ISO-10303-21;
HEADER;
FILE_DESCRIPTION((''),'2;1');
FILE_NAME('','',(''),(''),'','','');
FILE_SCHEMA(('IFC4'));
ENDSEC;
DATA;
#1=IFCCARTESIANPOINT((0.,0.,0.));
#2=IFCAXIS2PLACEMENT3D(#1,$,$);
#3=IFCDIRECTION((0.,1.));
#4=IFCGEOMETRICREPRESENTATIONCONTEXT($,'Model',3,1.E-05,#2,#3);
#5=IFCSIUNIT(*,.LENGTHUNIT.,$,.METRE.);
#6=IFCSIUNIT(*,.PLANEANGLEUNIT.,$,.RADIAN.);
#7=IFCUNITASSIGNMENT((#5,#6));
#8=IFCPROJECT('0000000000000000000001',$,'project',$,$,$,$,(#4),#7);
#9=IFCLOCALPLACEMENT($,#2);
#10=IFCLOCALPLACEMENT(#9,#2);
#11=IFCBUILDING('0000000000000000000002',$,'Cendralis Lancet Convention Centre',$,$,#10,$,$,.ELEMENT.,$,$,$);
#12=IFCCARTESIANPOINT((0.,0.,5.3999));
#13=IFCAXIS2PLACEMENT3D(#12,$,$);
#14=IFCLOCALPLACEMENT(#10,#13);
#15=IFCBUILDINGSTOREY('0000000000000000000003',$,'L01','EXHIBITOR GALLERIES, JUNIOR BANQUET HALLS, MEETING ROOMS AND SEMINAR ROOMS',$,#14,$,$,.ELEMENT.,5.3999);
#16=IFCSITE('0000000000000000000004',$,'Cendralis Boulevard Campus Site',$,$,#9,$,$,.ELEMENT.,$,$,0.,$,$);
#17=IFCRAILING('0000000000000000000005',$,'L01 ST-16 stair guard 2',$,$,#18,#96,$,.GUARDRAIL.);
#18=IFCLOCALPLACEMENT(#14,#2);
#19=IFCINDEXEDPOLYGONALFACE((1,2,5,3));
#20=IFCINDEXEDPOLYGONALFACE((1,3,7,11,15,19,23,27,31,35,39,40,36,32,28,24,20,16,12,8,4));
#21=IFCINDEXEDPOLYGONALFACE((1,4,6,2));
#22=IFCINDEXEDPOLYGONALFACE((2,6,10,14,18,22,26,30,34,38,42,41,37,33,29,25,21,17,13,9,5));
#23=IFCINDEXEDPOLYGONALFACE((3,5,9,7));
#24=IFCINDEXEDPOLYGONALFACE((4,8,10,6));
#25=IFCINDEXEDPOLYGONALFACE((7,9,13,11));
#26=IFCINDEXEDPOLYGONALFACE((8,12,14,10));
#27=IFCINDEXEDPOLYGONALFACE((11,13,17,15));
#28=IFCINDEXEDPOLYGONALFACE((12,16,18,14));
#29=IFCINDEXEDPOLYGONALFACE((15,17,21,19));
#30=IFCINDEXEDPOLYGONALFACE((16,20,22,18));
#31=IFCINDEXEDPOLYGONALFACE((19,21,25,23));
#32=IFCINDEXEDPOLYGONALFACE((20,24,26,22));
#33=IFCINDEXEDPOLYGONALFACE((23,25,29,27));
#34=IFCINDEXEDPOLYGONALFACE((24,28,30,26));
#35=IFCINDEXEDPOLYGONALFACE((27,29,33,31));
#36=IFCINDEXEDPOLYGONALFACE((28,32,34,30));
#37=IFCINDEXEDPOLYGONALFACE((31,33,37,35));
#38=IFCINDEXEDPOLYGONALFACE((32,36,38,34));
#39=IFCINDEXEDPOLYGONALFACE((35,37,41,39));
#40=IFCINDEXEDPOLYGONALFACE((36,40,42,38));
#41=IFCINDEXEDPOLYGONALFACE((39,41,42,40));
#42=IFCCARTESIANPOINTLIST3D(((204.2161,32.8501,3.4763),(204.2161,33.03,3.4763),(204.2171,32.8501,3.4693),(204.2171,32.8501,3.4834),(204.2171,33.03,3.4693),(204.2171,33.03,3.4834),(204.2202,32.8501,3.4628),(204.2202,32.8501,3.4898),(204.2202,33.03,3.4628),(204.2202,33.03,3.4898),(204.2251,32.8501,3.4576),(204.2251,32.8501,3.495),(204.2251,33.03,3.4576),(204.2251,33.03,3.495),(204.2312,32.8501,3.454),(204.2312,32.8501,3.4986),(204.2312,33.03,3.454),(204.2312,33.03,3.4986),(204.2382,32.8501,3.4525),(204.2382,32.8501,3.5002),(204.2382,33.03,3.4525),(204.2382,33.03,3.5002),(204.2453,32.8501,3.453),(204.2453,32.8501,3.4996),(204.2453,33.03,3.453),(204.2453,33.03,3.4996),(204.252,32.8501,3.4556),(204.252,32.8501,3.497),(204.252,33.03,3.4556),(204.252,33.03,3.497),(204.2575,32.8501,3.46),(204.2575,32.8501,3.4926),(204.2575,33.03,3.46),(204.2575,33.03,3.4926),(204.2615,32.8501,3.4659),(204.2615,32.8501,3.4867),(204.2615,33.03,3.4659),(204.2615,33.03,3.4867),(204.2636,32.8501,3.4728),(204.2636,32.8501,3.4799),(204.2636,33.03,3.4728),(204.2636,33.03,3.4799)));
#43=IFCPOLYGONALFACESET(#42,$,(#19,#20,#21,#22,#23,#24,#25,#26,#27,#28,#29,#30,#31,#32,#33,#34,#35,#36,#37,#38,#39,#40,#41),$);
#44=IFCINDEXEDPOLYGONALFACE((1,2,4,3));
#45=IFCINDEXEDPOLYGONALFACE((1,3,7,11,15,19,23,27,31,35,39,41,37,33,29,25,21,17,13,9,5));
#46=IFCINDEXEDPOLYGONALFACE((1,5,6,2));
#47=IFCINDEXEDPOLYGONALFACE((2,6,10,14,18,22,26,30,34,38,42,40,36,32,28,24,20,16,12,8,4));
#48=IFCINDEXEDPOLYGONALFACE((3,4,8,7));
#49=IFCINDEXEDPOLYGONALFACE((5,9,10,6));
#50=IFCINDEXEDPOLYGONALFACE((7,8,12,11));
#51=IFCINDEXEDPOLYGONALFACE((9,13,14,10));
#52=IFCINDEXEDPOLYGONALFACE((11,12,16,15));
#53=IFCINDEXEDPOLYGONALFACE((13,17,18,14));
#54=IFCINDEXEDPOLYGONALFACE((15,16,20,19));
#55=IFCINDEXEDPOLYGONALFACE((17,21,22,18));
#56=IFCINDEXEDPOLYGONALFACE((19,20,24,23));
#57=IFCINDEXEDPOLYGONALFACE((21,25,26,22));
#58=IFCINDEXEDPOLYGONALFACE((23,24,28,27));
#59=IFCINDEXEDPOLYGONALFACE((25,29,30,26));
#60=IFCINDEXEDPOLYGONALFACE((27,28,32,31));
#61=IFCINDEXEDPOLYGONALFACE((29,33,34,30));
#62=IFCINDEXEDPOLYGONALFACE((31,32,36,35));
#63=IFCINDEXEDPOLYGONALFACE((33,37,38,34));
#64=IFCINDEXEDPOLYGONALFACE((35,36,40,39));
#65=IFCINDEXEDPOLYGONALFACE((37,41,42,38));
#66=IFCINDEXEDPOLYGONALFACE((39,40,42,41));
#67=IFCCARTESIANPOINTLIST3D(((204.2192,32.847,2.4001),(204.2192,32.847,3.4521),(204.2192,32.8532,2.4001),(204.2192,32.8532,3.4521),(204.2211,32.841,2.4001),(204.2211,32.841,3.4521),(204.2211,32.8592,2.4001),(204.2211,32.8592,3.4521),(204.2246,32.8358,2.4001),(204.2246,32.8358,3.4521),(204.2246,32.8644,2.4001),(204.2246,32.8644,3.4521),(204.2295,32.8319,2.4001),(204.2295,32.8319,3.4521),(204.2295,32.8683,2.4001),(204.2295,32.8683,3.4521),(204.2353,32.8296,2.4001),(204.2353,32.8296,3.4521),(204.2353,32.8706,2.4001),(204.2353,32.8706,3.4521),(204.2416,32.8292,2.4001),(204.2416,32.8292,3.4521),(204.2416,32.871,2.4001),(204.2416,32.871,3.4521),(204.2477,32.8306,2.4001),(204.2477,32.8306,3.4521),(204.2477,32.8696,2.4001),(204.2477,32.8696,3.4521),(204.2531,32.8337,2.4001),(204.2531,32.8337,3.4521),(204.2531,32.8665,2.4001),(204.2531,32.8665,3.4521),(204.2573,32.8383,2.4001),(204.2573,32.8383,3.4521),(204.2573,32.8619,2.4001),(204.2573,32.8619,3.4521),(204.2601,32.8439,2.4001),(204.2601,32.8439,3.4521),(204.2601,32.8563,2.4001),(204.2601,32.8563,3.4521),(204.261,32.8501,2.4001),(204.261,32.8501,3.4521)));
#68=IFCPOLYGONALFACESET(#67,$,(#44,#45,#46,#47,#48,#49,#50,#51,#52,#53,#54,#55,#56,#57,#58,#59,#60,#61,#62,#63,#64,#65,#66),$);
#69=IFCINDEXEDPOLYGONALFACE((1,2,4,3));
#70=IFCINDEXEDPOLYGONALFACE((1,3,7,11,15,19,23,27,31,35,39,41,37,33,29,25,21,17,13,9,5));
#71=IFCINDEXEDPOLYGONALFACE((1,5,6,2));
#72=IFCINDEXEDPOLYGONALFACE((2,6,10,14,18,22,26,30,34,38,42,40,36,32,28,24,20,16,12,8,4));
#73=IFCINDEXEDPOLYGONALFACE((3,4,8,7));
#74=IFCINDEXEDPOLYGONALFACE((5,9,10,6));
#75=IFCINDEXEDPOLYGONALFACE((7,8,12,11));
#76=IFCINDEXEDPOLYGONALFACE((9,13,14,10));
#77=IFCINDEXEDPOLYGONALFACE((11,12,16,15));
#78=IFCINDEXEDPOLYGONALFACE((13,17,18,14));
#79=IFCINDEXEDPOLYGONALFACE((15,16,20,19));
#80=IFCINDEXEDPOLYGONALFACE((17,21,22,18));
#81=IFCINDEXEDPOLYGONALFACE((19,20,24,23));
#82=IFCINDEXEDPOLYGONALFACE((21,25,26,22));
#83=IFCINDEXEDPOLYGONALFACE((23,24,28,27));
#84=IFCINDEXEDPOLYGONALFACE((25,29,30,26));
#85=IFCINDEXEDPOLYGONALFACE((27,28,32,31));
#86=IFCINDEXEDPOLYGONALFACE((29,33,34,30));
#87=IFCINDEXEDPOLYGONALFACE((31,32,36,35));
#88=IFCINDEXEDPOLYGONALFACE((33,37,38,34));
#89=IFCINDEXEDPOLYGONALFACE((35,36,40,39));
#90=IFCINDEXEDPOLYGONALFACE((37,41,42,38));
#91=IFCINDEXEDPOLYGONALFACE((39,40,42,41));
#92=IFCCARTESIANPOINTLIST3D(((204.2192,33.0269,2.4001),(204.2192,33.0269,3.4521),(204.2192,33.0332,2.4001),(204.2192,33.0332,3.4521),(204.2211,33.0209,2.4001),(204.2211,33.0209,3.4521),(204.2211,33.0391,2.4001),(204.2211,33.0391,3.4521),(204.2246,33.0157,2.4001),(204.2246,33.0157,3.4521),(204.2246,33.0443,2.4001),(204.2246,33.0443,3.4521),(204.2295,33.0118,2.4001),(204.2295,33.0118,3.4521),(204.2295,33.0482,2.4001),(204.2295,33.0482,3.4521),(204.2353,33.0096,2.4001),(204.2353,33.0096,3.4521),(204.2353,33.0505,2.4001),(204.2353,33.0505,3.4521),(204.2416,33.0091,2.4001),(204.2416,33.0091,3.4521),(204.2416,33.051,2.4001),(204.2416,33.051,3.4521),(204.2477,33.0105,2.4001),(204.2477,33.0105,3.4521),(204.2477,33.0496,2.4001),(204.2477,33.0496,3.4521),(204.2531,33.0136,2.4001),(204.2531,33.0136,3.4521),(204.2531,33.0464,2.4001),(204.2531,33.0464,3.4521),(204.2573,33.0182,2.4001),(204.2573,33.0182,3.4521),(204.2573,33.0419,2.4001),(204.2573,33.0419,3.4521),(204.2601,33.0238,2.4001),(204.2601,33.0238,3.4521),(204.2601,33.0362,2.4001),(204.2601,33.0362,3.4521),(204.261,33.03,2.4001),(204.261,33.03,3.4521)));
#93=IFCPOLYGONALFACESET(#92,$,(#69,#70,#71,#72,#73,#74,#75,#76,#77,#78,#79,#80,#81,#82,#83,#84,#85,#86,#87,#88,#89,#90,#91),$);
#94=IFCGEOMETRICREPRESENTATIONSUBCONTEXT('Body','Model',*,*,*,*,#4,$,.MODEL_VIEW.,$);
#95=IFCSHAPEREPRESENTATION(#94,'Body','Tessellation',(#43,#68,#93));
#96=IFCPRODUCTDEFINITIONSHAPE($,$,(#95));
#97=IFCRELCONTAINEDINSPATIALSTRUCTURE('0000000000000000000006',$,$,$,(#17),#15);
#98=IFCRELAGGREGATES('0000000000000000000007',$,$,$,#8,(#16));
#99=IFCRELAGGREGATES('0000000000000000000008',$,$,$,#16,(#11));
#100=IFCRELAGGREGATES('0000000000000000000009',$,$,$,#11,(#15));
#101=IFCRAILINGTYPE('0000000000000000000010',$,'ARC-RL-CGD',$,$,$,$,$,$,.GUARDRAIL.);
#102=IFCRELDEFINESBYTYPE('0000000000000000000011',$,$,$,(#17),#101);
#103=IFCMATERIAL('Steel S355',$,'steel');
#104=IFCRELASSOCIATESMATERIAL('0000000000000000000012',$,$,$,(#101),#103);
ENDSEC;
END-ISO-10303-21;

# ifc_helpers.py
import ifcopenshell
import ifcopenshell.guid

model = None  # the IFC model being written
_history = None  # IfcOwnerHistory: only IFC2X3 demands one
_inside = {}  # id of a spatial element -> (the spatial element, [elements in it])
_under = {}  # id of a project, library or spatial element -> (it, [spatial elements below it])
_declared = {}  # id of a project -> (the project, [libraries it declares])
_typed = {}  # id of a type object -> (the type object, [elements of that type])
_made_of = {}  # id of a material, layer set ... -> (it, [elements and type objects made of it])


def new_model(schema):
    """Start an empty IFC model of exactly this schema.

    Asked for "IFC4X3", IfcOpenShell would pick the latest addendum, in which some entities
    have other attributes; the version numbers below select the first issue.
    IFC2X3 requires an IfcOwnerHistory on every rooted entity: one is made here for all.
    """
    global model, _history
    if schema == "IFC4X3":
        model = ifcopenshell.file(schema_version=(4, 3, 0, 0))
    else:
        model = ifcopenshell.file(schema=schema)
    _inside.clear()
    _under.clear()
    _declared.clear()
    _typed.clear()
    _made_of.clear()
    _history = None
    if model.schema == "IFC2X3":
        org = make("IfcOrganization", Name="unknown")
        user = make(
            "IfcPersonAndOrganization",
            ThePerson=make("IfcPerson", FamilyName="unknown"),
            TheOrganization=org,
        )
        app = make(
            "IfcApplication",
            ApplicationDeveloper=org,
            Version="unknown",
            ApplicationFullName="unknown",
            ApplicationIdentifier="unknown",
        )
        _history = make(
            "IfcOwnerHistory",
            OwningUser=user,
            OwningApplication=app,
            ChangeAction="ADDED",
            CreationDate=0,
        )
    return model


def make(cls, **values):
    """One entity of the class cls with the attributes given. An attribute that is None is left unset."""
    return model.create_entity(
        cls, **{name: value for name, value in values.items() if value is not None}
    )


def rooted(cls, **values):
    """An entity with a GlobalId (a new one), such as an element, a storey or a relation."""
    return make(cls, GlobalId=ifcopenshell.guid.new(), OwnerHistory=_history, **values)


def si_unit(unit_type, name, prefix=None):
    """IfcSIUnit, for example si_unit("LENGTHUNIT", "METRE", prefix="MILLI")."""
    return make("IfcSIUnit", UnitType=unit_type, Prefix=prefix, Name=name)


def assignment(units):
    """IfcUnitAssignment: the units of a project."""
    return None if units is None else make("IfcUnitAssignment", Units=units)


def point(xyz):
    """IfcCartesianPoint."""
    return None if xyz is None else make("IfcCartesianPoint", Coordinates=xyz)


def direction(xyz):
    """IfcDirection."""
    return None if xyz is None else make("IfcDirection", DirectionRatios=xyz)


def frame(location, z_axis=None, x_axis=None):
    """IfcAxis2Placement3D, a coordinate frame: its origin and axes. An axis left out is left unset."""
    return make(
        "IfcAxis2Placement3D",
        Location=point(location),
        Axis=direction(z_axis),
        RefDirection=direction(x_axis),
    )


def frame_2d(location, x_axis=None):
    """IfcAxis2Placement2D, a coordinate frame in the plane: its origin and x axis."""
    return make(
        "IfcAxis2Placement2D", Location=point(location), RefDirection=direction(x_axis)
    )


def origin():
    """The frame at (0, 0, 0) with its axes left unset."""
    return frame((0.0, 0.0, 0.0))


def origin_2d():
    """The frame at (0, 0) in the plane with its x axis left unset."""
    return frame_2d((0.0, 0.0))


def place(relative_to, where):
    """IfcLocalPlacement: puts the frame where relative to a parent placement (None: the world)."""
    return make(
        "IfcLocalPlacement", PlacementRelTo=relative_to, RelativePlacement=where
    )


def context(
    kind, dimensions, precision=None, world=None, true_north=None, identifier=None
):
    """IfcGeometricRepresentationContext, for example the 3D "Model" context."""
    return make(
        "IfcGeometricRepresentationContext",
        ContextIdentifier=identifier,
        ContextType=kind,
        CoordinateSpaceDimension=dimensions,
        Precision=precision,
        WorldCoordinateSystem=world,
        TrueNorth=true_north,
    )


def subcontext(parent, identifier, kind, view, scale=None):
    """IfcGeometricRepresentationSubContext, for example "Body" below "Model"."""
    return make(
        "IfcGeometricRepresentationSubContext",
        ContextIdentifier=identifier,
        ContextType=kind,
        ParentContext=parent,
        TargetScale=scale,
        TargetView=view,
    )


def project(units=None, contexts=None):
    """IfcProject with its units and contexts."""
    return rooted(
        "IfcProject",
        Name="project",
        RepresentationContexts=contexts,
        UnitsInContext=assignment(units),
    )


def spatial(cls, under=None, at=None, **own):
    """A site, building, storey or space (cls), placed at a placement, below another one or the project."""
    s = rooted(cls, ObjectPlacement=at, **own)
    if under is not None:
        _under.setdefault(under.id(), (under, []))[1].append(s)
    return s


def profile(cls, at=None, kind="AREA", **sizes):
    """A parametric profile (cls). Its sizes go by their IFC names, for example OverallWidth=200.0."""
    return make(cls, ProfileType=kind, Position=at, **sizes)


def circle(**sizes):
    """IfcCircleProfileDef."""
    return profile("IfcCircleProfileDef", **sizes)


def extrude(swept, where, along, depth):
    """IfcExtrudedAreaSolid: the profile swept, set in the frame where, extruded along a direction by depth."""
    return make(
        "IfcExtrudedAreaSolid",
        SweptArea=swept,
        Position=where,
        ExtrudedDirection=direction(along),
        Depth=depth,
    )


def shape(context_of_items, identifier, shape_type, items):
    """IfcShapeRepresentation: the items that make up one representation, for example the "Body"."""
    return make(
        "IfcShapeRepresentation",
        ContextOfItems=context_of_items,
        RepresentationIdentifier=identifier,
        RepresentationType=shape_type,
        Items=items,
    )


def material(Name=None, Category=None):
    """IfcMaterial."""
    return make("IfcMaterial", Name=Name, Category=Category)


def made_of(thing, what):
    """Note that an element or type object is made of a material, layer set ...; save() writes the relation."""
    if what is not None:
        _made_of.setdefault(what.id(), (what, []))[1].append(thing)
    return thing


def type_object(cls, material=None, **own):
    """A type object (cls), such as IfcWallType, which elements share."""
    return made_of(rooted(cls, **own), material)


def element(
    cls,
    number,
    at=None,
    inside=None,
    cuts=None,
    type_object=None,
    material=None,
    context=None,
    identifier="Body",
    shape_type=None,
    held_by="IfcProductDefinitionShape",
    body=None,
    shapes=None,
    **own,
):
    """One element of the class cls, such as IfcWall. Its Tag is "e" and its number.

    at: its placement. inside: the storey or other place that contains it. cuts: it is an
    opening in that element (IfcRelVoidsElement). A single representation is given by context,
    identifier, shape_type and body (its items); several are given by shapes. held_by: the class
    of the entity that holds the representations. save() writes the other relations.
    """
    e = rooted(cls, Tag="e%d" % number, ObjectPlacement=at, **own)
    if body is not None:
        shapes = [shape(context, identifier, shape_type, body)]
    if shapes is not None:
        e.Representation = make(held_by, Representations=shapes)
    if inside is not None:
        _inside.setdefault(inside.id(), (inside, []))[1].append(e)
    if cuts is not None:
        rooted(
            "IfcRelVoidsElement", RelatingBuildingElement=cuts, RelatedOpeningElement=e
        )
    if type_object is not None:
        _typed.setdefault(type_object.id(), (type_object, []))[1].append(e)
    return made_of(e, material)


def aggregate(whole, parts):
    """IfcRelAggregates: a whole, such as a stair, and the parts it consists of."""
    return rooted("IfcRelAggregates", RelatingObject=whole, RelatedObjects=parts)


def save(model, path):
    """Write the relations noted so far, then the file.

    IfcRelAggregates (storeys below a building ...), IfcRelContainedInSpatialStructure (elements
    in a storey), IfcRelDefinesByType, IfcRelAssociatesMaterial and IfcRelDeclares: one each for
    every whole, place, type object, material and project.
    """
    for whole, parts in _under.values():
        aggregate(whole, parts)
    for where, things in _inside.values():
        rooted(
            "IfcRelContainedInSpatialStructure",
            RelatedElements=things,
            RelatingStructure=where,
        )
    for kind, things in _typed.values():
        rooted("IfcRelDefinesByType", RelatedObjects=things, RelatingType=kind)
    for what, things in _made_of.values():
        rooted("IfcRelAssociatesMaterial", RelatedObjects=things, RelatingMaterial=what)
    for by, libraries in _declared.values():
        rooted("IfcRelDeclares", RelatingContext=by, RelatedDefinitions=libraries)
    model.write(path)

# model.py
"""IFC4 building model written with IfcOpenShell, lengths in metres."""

from ifc_helpers import new_model, si_unit, direction, frame, origin, origin_2d, place, context, subcontext, project, spatial, circle, extrude, material, type_object, element, save


model = new_model("IFC4")

# Units and contexts
model_context = context("Model", 3, precision=1e-05, world=origin(), true_north=direction((0.0, 1.0)))
body_context = subcontext(model_context, "Body", "Model", "MODEL_VIEW")
ifc_project = project(units=[si_unit("LENGTHUNIT", "METRE"), si_unit("PLANEANGLEUNIT", "RADIAN")], contexts=[model_context])

# Site, building, storey
site_placement = place(None, origin())
site = spatial("IfcSite", under=ifc_project, at=site_placement, Name="Cendralis Boulevard Campus Site", CompositionType="ELEMENT", RefElevation=0.0)
building_placement = place(site_placement, origin())
building = spatial("IfcBuilding", under=site, at=building_placement, Name="Cendralis Lancet Convention Centre", CompositionType="ELEMENT")
storey_placement = place(building_placement, frame((0.0, 0.0, 5.3999)))
storey = spatial("IfcBuildingStorey", under=building, at=storey_placement, Name="L01", Description="EXHIBITOR GALLERIES, JUNIOR BANQUET HALLS, MEETING ROOMS AND SEMINAR ROOMS", CompositionType="ELEMENT", Elevation=5.3999)

# Shared definitions
ifc_material_1 = material(Name="Steel S355", Category="steel")

# Railing
railing_type_1 = type_object("IfcRailingType", Name="ARC-RL-CGD", PredefinedType="GUARDRAIL", material=ifc_material_1)
railing_1_placement = place(storey_placement, frame((204.24, 32.8501, 2.4001)))
element("IfcRailing", 1, at=railing_1_placement, inside=storey, type_object=railing_type_1, Name="L01 ST-16 stair guard 2", PredefinedType="GUARDRAIL", context=body_context, shape_type="SweptSolid", body=[
    extrude(circle(Radius=0.0239, at=origin_2d()), frame((0.0, 0.0, 1.0762), z_axis=(0.0, 1.0, 0.0), x_axis=(-1.0, 0.0, 0.0)), (0.0, 0.0, 1.0), 0.1799),
    extrude(circle(Radius=0.021, at=origin_2d()), origin(), (0.0, 0.0, 1.0), 1.052),
    extrude(circle(Radius=0.021, at=origin_2d()), frame((0.0, 0.1799, 0.0)), (0.0, 0.0, 1.0), 1.052),
])

save(model, "model.ifc")
